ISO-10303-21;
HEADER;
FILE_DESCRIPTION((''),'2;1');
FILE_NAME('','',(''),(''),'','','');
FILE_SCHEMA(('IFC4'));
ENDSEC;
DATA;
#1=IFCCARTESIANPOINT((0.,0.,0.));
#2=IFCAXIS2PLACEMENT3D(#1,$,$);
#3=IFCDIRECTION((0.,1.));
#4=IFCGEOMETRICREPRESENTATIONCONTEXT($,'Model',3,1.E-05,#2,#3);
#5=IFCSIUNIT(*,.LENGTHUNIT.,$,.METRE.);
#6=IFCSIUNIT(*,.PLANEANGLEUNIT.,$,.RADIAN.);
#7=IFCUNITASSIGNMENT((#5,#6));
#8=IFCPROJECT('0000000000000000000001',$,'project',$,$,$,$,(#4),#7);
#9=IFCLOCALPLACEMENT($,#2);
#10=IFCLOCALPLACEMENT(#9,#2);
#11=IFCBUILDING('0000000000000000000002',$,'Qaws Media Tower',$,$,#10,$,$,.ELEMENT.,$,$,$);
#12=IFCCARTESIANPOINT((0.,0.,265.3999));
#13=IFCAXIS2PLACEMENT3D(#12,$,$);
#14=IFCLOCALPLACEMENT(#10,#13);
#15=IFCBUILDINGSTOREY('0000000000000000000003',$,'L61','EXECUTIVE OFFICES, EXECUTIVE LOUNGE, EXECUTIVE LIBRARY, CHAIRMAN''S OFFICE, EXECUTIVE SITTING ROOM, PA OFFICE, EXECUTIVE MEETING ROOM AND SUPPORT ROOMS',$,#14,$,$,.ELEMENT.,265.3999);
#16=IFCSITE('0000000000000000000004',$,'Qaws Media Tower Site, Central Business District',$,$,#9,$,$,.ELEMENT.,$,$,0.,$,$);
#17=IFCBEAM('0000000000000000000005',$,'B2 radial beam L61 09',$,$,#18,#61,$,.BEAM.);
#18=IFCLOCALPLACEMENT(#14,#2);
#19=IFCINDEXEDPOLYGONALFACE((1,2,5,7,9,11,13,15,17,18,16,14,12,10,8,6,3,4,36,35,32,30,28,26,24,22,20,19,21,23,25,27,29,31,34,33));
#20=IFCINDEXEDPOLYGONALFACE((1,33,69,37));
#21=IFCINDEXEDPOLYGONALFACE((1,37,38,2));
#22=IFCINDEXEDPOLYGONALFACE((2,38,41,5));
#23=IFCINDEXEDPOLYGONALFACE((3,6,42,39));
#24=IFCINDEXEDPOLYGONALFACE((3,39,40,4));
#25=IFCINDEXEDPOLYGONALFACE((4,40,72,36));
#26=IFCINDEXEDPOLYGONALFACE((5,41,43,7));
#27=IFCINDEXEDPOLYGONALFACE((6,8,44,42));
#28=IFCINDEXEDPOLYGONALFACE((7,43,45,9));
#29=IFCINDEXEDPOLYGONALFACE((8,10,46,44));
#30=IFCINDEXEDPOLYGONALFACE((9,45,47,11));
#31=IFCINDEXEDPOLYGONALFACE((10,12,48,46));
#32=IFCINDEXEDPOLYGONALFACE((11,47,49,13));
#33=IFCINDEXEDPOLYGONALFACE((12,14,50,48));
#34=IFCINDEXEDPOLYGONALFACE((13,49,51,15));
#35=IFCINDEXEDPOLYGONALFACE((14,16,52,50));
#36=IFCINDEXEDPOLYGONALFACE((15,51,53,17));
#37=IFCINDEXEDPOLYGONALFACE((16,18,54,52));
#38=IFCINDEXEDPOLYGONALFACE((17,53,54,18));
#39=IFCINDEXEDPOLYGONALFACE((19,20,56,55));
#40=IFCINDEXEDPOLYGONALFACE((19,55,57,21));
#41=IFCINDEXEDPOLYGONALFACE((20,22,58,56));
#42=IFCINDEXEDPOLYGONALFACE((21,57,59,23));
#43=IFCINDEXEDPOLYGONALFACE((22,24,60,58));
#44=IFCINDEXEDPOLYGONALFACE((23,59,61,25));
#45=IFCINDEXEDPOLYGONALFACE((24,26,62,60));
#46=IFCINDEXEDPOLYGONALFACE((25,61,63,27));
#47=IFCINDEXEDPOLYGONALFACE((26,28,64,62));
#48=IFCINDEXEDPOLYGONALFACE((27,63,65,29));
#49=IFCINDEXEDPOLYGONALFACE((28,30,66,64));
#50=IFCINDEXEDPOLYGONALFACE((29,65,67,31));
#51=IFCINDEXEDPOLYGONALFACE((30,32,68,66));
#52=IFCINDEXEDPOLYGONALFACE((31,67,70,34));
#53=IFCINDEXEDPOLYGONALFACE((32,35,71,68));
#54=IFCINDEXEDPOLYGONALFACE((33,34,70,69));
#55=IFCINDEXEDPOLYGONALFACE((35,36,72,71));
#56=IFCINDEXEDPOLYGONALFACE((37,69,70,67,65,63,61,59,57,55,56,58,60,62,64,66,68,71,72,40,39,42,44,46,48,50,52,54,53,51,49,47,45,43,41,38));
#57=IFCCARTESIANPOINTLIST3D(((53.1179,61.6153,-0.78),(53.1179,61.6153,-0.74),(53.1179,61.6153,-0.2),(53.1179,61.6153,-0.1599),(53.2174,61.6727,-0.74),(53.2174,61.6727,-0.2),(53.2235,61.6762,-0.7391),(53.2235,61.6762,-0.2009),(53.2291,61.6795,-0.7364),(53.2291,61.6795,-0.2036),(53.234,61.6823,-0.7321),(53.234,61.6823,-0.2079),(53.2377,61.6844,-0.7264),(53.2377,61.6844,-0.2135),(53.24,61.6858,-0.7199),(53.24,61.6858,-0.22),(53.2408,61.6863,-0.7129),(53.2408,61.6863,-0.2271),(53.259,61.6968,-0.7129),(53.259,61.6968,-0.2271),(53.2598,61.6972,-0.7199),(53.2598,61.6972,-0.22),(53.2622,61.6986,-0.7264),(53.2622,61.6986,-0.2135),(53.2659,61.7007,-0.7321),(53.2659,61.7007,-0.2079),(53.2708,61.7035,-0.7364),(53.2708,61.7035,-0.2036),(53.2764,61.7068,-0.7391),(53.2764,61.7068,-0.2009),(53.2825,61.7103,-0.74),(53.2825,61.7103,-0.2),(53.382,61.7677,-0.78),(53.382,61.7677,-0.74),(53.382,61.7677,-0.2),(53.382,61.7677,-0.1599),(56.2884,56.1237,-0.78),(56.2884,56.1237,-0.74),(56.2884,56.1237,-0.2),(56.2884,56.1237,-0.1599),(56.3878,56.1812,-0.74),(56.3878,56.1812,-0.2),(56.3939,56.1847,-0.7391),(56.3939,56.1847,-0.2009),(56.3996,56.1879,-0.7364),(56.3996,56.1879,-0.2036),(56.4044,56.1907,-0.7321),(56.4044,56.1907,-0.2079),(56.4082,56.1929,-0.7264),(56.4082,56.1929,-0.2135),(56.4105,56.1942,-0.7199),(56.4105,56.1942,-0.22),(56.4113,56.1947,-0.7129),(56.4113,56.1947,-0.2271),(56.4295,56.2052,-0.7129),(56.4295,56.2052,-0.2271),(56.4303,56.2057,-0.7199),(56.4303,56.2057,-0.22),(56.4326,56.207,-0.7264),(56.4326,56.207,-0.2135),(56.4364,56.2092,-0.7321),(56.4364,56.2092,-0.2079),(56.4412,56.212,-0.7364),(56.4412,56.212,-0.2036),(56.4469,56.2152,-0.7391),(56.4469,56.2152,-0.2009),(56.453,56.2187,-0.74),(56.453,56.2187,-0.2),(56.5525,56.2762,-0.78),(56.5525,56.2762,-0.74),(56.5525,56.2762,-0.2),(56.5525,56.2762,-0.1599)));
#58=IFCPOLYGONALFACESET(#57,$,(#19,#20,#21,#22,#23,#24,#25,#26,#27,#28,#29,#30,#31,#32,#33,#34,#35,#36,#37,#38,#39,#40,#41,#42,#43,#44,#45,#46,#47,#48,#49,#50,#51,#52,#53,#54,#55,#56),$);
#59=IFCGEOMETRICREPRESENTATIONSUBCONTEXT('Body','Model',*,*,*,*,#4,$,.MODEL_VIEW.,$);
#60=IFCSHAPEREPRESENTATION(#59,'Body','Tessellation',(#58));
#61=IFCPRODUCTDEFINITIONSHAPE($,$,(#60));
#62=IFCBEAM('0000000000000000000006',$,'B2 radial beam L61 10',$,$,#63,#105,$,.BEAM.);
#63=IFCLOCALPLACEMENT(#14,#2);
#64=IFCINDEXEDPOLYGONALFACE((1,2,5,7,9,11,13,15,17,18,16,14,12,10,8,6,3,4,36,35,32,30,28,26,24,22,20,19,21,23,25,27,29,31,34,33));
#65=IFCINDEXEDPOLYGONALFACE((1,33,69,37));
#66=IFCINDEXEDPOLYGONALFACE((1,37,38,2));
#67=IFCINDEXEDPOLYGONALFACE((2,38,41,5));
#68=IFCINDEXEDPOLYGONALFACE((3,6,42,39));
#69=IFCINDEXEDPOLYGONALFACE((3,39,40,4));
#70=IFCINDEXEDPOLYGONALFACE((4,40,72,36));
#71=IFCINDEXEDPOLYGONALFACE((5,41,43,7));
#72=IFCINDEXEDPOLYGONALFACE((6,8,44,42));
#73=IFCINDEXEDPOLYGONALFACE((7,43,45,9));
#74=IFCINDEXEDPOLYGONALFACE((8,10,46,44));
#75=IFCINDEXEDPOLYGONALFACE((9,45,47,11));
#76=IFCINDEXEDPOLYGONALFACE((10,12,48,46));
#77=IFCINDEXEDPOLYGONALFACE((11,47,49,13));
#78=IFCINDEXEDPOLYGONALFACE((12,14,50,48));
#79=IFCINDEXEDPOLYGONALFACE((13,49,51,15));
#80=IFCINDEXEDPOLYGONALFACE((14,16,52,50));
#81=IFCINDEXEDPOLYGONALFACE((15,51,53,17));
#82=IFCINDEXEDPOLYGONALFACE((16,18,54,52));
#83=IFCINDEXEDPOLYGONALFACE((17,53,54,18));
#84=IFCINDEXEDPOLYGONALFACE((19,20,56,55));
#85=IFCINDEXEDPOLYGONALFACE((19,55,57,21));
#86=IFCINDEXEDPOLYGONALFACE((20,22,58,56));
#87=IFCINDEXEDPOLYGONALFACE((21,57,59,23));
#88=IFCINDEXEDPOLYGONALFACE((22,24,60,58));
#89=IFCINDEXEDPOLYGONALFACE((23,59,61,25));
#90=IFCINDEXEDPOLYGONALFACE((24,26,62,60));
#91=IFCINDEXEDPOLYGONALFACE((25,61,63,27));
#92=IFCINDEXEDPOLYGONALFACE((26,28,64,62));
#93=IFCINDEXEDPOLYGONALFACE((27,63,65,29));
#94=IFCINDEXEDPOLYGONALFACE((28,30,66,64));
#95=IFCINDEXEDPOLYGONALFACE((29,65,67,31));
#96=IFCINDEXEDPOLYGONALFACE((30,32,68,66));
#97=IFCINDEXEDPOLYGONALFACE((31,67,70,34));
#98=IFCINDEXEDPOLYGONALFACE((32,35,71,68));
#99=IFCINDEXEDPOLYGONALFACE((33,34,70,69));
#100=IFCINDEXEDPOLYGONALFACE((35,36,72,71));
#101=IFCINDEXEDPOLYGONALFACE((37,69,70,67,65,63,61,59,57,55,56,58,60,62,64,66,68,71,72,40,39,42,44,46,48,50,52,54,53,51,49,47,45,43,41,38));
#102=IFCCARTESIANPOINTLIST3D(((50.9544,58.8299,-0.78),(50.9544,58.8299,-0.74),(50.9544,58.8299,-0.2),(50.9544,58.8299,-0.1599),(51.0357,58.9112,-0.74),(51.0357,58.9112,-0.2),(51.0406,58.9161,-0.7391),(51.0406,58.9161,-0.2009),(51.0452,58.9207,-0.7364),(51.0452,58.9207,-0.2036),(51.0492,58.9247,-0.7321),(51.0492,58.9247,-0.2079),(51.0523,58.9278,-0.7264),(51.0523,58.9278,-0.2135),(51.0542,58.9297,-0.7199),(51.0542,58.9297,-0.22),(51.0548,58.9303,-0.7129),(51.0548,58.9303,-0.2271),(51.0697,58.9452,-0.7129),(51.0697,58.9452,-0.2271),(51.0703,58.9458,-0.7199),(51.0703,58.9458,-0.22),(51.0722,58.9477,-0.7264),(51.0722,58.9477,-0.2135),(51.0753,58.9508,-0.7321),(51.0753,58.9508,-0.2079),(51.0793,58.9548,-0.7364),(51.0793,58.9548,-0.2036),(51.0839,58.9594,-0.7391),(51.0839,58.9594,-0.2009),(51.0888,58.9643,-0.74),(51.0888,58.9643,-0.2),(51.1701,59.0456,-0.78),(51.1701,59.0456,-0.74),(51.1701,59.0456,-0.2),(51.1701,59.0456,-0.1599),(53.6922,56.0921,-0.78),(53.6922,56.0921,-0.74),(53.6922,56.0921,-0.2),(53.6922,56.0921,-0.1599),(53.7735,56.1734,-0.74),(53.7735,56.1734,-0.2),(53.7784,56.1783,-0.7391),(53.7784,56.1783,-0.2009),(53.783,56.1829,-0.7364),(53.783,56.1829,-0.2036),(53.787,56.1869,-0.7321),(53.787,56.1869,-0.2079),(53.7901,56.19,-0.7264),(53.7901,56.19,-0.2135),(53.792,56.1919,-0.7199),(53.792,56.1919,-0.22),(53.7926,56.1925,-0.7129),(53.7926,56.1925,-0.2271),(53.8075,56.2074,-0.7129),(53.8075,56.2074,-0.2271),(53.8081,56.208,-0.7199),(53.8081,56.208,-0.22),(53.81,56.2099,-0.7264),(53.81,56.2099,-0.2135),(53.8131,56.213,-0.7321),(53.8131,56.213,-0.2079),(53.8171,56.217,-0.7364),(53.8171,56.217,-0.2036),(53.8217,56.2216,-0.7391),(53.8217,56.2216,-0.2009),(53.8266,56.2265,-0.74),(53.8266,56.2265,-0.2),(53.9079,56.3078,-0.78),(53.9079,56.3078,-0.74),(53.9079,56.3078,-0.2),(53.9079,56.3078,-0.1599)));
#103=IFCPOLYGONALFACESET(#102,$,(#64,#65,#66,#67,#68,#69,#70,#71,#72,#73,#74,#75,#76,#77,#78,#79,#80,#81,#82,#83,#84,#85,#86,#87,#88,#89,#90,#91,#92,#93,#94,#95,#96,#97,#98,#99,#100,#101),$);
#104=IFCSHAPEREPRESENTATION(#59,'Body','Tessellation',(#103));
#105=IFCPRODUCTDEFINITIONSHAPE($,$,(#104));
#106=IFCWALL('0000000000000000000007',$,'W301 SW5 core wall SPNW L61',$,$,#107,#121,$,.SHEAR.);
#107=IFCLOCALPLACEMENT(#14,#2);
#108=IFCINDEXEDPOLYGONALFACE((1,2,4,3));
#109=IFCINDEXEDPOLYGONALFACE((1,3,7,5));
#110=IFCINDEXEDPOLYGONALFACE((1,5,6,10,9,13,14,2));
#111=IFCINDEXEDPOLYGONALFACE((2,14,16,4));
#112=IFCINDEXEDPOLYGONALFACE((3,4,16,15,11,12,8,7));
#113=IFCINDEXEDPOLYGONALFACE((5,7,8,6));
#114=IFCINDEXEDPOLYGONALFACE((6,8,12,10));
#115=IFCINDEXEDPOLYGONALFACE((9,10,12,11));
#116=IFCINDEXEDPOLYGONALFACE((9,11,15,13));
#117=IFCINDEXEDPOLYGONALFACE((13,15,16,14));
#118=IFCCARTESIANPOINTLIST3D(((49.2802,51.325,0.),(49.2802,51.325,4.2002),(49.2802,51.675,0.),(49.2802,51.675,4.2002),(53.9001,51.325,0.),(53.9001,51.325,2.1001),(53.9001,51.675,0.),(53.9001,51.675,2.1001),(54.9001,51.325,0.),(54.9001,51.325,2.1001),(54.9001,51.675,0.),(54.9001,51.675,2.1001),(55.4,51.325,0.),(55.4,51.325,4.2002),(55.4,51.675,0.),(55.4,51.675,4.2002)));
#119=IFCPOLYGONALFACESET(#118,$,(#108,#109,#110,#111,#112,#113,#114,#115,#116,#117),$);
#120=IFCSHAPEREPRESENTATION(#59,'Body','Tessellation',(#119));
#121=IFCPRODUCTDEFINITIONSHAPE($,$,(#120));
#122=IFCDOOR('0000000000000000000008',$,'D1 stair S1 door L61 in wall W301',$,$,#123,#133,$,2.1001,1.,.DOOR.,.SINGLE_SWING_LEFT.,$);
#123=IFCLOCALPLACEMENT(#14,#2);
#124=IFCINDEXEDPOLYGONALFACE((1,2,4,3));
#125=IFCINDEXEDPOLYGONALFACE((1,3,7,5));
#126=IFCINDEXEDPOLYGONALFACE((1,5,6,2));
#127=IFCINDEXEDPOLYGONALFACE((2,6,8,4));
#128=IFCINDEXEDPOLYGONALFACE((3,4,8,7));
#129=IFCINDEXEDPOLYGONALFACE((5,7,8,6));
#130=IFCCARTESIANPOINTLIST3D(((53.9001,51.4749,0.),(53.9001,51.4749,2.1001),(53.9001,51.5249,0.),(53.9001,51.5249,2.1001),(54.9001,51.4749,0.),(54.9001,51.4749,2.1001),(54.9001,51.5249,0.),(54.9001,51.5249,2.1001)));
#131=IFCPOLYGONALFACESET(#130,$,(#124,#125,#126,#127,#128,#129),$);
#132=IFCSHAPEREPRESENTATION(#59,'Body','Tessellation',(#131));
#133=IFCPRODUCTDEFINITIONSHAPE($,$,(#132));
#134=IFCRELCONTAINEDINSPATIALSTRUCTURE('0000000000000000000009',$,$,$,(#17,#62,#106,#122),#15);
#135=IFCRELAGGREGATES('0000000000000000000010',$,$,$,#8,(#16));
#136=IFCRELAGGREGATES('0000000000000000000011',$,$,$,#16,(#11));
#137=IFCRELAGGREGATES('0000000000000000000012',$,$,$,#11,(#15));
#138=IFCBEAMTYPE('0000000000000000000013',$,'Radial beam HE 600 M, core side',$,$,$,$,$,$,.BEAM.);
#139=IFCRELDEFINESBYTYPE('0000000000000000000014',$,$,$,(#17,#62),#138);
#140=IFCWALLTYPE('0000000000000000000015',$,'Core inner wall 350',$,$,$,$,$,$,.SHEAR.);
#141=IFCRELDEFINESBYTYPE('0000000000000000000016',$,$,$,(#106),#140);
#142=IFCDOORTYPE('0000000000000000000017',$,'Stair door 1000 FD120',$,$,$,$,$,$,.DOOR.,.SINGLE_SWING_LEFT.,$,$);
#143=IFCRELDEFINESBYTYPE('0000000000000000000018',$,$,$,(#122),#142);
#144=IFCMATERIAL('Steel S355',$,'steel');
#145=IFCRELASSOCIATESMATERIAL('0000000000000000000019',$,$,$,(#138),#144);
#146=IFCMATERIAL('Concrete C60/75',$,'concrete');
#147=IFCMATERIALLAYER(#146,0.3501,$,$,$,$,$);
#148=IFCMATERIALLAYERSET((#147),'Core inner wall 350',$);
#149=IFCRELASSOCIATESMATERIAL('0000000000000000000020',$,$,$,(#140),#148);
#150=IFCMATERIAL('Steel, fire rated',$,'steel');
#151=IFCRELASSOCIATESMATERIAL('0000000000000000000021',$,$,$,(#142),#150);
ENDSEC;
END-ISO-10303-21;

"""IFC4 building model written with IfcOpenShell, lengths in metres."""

from ifc_helpers import new_model, si_unit, direction, frame, frame_2d, origin, origin_2d, place, context, subcontext, project, spatial, rectangle, i_section, extrude, material, layer, layer_set, material_profile, profile_set, type_object, element, fill, save


model = new_model("IFC4")

# Units and contexts
model_context = context("Model", 3, precision=1e-05, world=origin(), true_north=direction((0.0, 1.0)))
body_context = subcontext(model_context, "Body", "Model", "MODEL_VIEW")
ifc_project = project(units=[si_unit("LENGTHUNIT", "METRE"), si_unit("PLANEANGLEUNIT", "RADIAN")], contexts=[model_context])

# Site, building, storey
site_placement = place(None, origin())
site = spatial("IfcSite", under=ifc_project, at=site_placement, Name="Qaws Media Tower Site, Central Business District", CompositionType="ELEMENT", RefElevation=0.0)
building_placement = place(site_placement, origin())
building = spatial("IfcBuilding", under=site, at=building_placement, Name="Qaws Media Tower", CompositionType="ELEMENT")
storey_placement = place(building_placement, frame((0.0, 0.0, 265.3999)))
storey = spatial("IfcBuildingStorey", under=building, at=storey_placement, Name="L61", Description="EXECUTIVE OFFICES, EXECUTIVE LOUNGE, EXECUTIVE LIBRARY, CHAIRMAN'S OFFICE, EXECUTIVE SITTING ROOM, PA OFFICE, EXECUTIVE MEETING ROOM AND SUPPORT ROOMS", CompositionType="ELEMENT", Elevation=265.3999)

# Beams
ifc_material_1 = material(Name="Steel S355", Category="steel")
ifc_material_profile = material_profile(ifc_material_1, i_section(OverallWidth=0.3049, OverallDepth=0.6201, WebThickness=0.021, FlangeThickness=0.04, FilletRadius=0.0271, at=origin_2d()), Name="HE 600 M")
ifc_profile_set = profile_set([ifc_material_profile], Name="Steel S355")
beam_type = type_object("IfcBeamType", Name="Radial beam HE 600 M, core side", PredefinedType="BEAM", material=ifc_profile_set)
beam_1_placement = place(storey_placement, frame((56.4204, 56.2, -0.47), z_axis=(-0.49999, 0.866031, 0.0), x_axis=(-0.866031, -0.49999, 0.0)))
element("IfcBeam", 1, at=beam_1_placement, inside=storey, type_object=beam_type, Name="B2 radial beam L61 09", PredefinedType="BEAM", context=body_context, shape_type="SweptSolid", body=[
    extrude(i_section(OverallWidth=0.3049, OverallDepth=0.6201, WebThickness=0.021, FlangeThickness=0.04, FilletRadius=0.0271, at=origin_2d()), origin(), (0.0, 0.0, 1.0), 6.3411),
])
beam_2_placement = place(storey_placement, frame((53.8, 56.2, -0.47), z_axis=(-0.707107, 0.707107, 0.0), x_axis=(-0.707107, -0.707107, 0.0)))
element("IfcBeam", 2, at=beam_2_placement, inside=storey, type_object=beam_type, Name="B2 radial beam L61 10", PredefinedType="BEAM", context=body_context, shape_type="SweptSolid", body=[
    extrude(i_section(OverallWidth=0.3049, OverallDepth=0.6201, WebThickness=0.021, FlangeThickness=0.04, FilletRadius=0.0271, at=origin_2d()), origin(), (0.0, 0.0, 1.0), 3.8718),
])

# Wall, opening, door
ifc_material_2 = material(Name="Concrete C60/75", Category="concrete")
ifc_layer_1 = layer(ifc_material_2, 0.3501)
ifc_layer_set_1 = layer_set([ifc_layer_1], Name="Core inner wall 350")
wall_type_1 = type_object("IfcWallType", Name="Core inner wall 350", PredefinedType="SHEAR", material=ifc_layer_set_1)
wall_1_placement = place(storey_placement, frame((49.28, 51.5, 0.0), z_axis=(0.0, 0.0, 1.0), x_axis=(1.0, 0.0, 0.0)))
wall_1 = element("IfcWall", 3, at=wall_1_placement, inside=storey, type_object=wall_type_1, Name="W301 SW5 core wall SPNW L61", PredefinedType="SHEAR", context=body_context, shape_type="SweptSolid", body=[
    extrude(rectangle(XDim=6.1199, YDim=0.3501, at=frame_2d((3.0601, 0.0))), origin(), (0.0, 0.0, 1.0), 4.2002),
])
opening_1_placement = place(wall_1_placement, frame((4.6201, 0.0, 0.0)))
opening_1 = element("IfcOpeningElement", 4, at=opening_1_placement, cuts=wall_1, PredefinedType="OPENING", context=body_context, shape_type="SweptSolid", body=[
    extrude(rectangle(XDim=1.0, YDim=2.1001, at=frame_2d((0.5, 1.05))), frame((0.0, 0.1851, 0.0), z_axis=(0.0, -1.0, 0.0), x_axis=(1.0, 0.0, 0.0)), (0.0, 0.0, 1.0), 0.3701),
])
ifc_material_3 = material(Name="Steel, fire rated", Category="steel")
door_type_1 = type_object("IfcDoorType", Name="Stair door 1000 FD120", OperationType="SINGLE_SWING_LEFT", PredefinedType="DOOR", material=ifc_material_3)
door_1_placement = place(opening_1_placement, origin())
door_1 = element("IfcDoor", 5, at=door_1_placement, inside=storey, type_object=door_type_1, Name="D1 stair S1 door L61 in wall W301", OperationType="SINGLE_SWING_LEFT", OverallHeight=2.1001, OverallWidth=1.0, PredefinedType="DOOR", context=body_context, shape_type="SweptSolid", body=[
    extrude(rectangle(XDim=1.0, YDim=2.1001, at=frame_2d((0.5, 1.05))), frame((0.0, 0.0249, 0.0), z_axis=(0.0, -1.0, 0.0), x_axis=(1.0, 0.0, 0.0)), (0.0, 0.0, 1.0), 0.05),
])
fill(opening_1, door_1)

save(model, "model.ifc")
